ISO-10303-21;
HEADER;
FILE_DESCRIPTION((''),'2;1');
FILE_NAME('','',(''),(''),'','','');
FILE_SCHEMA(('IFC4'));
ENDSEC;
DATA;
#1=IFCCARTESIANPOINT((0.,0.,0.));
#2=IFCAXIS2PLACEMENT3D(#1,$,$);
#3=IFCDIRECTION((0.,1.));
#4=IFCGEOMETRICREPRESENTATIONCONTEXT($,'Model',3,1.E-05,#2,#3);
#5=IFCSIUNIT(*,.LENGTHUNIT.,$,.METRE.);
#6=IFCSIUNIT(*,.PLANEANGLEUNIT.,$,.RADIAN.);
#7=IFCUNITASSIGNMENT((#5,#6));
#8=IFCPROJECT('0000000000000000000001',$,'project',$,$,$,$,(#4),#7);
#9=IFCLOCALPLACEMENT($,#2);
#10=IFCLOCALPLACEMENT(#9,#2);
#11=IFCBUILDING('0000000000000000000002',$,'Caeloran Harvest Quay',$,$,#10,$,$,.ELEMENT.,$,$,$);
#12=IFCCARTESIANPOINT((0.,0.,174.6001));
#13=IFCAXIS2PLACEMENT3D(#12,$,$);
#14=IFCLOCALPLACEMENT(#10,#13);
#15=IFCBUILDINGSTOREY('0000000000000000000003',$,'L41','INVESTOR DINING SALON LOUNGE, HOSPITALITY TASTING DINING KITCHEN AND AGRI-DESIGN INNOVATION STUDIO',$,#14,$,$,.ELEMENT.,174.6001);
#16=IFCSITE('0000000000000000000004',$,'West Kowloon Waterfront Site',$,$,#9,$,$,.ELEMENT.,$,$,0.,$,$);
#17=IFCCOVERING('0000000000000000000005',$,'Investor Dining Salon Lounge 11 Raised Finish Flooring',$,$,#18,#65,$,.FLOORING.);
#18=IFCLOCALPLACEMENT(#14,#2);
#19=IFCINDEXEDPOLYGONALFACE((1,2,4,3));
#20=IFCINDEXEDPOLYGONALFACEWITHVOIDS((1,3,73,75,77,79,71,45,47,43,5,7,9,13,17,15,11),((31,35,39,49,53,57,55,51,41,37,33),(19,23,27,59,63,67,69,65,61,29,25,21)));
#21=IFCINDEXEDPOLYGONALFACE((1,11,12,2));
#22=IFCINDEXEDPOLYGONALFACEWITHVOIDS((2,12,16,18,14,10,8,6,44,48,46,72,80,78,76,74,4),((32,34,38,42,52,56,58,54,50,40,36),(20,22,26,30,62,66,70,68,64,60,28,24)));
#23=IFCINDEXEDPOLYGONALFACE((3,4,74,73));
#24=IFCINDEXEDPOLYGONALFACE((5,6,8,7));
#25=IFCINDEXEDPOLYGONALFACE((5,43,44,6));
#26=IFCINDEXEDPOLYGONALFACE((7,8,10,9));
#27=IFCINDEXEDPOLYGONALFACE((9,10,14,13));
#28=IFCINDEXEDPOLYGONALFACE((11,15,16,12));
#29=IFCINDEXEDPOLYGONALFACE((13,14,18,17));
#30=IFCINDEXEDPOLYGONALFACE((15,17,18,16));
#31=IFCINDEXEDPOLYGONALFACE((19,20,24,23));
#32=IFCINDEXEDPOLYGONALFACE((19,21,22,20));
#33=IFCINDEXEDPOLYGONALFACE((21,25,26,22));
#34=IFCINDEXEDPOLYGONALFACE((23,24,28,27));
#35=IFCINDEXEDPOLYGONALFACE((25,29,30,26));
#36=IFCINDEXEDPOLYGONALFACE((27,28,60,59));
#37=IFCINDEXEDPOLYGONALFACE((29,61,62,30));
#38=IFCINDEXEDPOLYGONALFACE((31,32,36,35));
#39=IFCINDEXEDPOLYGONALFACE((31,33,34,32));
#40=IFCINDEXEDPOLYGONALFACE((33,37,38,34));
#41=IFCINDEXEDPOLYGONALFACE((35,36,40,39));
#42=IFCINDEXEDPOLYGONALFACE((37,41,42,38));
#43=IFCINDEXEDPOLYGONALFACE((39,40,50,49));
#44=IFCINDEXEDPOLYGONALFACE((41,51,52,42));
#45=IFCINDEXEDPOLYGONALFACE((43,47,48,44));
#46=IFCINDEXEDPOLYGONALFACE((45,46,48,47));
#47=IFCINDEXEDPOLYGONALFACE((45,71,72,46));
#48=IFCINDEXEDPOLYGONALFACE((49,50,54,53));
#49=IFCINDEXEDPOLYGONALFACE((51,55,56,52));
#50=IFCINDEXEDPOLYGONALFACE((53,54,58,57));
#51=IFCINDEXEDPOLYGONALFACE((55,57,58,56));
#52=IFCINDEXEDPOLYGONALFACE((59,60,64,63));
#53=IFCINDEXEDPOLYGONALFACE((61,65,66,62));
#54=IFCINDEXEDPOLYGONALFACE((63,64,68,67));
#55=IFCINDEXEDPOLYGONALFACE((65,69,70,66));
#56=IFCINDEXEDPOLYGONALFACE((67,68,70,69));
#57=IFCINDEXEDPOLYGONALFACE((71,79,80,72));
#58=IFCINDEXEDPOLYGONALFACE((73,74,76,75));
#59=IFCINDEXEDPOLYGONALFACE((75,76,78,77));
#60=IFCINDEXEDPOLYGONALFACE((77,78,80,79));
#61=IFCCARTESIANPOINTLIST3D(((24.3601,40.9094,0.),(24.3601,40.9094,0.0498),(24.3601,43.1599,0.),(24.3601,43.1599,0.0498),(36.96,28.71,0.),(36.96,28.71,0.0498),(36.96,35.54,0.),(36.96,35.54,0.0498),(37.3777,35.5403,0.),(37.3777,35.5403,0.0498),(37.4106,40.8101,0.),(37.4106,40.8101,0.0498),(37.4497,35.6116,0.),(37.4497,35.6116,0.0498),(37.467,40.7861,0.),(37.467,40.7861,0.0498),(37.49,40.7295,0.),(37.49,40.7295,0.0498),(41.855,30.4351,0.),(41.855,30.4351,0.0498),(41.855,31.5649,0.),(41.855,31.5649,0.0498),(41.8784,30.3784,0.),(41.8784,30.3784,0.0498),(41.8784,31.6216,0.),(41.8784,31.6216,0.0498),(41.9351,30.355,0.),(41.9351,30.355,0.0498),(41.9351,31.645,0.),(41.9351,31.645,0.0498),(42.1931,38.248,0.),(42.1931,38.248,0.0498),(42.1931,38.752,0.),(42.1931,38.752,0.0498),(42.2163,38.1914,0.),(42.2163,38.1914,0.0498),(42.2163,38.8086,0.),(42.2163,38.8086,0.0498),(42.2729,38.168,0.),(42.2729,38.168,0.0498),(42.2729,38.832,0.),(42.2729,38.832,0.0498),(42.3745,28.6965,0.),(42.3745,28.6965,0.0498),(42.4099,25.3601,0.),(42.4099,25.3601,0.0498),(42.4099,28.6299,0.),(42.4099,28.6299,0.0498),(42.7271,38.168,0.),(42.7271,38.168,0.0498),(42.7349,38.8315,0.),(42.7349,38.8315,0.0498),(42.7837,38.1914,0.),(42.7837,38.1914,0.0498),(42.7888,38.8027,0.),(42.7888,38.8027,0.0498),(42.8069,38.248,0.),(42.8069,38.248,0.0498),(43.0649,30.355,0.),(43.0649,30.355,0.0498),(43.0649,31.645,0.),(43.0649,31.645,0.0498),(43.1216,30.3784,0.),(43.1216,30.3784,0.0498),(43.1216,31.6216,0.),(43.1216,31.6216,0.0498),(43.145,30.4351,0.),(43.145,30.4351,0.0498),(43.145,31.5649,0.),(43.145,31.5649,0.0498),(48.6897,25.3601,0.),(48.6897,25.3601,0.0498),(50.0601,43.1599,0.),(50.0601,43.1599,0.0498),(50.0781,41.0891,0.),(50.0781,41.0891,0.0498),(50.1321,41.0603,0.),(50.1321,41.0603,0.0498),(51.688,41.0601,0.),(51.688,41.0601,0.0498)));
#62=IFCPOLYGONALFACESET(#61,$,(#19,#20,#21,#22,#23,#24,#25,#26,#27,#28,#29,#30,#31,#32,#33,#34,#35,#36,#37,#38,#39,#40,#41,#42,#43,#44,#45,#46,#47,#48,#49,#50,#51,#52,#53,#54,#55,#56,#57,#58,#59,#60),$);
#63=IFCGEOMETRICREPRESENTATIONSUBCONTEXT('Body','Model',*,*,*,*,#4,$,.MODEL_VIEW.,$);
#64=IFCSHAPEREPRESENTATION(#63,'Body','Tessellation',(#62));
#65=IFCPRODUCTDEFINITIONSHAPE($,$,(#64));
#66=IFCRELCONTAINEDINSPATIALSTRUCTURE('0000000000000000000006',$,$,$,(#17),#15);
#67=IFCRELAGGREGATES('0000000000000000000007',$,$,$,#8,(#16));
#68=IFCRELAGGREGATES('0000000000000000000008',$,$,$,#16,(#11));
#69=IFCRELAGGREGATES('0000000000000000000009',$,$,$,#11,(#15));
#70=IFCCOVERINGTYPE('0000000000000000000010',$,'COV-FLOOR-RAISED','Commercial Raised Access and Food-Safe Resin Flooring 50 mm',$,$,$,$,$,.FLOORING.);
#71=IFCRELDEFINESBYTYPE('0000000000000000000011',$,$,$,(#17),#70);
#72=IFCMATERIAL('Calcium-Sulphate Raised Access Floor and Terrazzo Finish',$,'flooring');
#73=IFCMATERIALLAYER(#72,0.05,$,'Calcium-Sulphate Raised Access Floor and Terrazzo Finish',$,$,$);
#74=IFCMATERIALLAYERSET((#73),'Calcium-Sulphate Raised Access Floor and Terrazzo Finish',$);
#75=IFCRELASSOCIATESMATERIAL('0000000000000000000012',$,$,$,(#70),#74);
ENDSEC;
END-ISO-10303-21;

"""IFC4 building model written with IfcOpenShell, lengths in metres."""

from ifc_helpers import new_model, si_unit, direction, frame, origin, place, context, subcontext, project, spatial, polyline, outline, extrude, material, layer, layer_set, type_object, element, save


model = new_model("IFC4")

# Units and contexts
model_context = context("Model", 3, precision=1e-05, world=origin(), true_north=direction((0.0, 1.0)))
body_context = subcontext(model_context, "Body", "Model", "MODEL_VIEW")
ifc_project = project(units=[si_unit("LENGTHUNIT", "METRE"), si_unit("PLANEANGLEUNIT", "RADIAN")], contexts=[model_context])

# Site, building, storey
site_placement = place(None, origin())
site = spatial("IfcSite", under=ifc_project, at=site_placement, Name="West Kowloon Waterfront Site", CompositionType="ELEMENT", RefElevation=0.0)
building_placement = place(site_placement, origin())
building = spatial("IfcBuilding", under=site, at=building_placement, Name="Caeloran Harvest Quay", CompositionType="ELEMENT")
storey_placement = place(building_placement, frame((0.0, 0.0, 174.6001)))
storey = spatial("IfcBuildingStorey", under=building, at=storey_placement, Name="L41", Description="INVESTOR DINING SALON LOUNGE, HOSPITALITY TASTING DINING KITCHEN AND AGRI-DESIGN INNOVATION STUDIO", CompositionType="ELEMENT", Elevation=174.6001)

# Covering
ifc_material_1 = material(Name="Calcium-Sulphate Raised Access Floor and Terrazzo Finish", Category="flooring")
ifc_layer_1 = layer(ifc_material_1, 0.05, Name="Calcium-Sulphate Raised Access Floor and Terrazzo Finish")
ifc_layer_set_1 = layer_set([ifc_layer_1], Name="Calcium-Sulphate Raised Access Floor and Terrazzo Finish")
covering_type_1 = type_object("IfcCoveringType", Name="COV-FLOOR-RAISED", Description="Commercial Raised Access and Food-Safe Resin Flooring 50 mm", PredefinedType="FLOORING", material=ifc_layer_set_1)
covering_1_placement = place(storey_placement, origin())
element("IfcCovering", 1, at=covering_1_placement, inside=storey, type_object=covering_type_1, Name="Investor Dining Salon Lounge 11 Raised Finish Flooring", PredefinedType="FLOORING", context=body_context, shape_type="SweptSolid", body=[
    extrude(outline(polyline([(50.0601, 43.1599), (50.0781, 41.0891), (50.1321, 41.0603), (51.688, 41.0601), (48.6897, 25.3601), (42.4099, 25.3601), (42.4099, 28.6299), (42.3745, 28.6965), (36.96, 28.71), (36.96, 35.54), (37.3777, 35.5403), (37.4497, 35.6116), (37.49, 40.7295), (37.467, 40.7861), (37.4106, 40.8101), (24.3601, 40.9094), (24.3601, 43.1599), (50.0601, 43.1599)]), holes=[polyline([(43.145, 31.5649), (43.1216, 31.6216), (43.0649, 31.645), (41.9351, 31.645), (41.8784, 31.6216), (41.855, 31.5649), (41.855, 30.4351), (41.8784, 30.3784), (41.9351, 30.355), (43.0649, 30.355), (43.1216, 30.3784), (43.145, 30.4351), (43.145, 31.5649)]), polyline([(42.8069, 38.248), (42.7888, 38.8027), (42.7349, 38.8315), (42.2729, 38.832), (42.2163, 38.8086), (42.1931, 38.752), (42.1931, 38.248), (42.2163, 38.1914), (42.2729, 38.168), (42.7271, 38.168), (42.7837, 38.1914), (42.8069, 38.248)])]), origin(), (0.0, 0.0, 1.0), 0.0498),
])

save(model, "model.ifc")
